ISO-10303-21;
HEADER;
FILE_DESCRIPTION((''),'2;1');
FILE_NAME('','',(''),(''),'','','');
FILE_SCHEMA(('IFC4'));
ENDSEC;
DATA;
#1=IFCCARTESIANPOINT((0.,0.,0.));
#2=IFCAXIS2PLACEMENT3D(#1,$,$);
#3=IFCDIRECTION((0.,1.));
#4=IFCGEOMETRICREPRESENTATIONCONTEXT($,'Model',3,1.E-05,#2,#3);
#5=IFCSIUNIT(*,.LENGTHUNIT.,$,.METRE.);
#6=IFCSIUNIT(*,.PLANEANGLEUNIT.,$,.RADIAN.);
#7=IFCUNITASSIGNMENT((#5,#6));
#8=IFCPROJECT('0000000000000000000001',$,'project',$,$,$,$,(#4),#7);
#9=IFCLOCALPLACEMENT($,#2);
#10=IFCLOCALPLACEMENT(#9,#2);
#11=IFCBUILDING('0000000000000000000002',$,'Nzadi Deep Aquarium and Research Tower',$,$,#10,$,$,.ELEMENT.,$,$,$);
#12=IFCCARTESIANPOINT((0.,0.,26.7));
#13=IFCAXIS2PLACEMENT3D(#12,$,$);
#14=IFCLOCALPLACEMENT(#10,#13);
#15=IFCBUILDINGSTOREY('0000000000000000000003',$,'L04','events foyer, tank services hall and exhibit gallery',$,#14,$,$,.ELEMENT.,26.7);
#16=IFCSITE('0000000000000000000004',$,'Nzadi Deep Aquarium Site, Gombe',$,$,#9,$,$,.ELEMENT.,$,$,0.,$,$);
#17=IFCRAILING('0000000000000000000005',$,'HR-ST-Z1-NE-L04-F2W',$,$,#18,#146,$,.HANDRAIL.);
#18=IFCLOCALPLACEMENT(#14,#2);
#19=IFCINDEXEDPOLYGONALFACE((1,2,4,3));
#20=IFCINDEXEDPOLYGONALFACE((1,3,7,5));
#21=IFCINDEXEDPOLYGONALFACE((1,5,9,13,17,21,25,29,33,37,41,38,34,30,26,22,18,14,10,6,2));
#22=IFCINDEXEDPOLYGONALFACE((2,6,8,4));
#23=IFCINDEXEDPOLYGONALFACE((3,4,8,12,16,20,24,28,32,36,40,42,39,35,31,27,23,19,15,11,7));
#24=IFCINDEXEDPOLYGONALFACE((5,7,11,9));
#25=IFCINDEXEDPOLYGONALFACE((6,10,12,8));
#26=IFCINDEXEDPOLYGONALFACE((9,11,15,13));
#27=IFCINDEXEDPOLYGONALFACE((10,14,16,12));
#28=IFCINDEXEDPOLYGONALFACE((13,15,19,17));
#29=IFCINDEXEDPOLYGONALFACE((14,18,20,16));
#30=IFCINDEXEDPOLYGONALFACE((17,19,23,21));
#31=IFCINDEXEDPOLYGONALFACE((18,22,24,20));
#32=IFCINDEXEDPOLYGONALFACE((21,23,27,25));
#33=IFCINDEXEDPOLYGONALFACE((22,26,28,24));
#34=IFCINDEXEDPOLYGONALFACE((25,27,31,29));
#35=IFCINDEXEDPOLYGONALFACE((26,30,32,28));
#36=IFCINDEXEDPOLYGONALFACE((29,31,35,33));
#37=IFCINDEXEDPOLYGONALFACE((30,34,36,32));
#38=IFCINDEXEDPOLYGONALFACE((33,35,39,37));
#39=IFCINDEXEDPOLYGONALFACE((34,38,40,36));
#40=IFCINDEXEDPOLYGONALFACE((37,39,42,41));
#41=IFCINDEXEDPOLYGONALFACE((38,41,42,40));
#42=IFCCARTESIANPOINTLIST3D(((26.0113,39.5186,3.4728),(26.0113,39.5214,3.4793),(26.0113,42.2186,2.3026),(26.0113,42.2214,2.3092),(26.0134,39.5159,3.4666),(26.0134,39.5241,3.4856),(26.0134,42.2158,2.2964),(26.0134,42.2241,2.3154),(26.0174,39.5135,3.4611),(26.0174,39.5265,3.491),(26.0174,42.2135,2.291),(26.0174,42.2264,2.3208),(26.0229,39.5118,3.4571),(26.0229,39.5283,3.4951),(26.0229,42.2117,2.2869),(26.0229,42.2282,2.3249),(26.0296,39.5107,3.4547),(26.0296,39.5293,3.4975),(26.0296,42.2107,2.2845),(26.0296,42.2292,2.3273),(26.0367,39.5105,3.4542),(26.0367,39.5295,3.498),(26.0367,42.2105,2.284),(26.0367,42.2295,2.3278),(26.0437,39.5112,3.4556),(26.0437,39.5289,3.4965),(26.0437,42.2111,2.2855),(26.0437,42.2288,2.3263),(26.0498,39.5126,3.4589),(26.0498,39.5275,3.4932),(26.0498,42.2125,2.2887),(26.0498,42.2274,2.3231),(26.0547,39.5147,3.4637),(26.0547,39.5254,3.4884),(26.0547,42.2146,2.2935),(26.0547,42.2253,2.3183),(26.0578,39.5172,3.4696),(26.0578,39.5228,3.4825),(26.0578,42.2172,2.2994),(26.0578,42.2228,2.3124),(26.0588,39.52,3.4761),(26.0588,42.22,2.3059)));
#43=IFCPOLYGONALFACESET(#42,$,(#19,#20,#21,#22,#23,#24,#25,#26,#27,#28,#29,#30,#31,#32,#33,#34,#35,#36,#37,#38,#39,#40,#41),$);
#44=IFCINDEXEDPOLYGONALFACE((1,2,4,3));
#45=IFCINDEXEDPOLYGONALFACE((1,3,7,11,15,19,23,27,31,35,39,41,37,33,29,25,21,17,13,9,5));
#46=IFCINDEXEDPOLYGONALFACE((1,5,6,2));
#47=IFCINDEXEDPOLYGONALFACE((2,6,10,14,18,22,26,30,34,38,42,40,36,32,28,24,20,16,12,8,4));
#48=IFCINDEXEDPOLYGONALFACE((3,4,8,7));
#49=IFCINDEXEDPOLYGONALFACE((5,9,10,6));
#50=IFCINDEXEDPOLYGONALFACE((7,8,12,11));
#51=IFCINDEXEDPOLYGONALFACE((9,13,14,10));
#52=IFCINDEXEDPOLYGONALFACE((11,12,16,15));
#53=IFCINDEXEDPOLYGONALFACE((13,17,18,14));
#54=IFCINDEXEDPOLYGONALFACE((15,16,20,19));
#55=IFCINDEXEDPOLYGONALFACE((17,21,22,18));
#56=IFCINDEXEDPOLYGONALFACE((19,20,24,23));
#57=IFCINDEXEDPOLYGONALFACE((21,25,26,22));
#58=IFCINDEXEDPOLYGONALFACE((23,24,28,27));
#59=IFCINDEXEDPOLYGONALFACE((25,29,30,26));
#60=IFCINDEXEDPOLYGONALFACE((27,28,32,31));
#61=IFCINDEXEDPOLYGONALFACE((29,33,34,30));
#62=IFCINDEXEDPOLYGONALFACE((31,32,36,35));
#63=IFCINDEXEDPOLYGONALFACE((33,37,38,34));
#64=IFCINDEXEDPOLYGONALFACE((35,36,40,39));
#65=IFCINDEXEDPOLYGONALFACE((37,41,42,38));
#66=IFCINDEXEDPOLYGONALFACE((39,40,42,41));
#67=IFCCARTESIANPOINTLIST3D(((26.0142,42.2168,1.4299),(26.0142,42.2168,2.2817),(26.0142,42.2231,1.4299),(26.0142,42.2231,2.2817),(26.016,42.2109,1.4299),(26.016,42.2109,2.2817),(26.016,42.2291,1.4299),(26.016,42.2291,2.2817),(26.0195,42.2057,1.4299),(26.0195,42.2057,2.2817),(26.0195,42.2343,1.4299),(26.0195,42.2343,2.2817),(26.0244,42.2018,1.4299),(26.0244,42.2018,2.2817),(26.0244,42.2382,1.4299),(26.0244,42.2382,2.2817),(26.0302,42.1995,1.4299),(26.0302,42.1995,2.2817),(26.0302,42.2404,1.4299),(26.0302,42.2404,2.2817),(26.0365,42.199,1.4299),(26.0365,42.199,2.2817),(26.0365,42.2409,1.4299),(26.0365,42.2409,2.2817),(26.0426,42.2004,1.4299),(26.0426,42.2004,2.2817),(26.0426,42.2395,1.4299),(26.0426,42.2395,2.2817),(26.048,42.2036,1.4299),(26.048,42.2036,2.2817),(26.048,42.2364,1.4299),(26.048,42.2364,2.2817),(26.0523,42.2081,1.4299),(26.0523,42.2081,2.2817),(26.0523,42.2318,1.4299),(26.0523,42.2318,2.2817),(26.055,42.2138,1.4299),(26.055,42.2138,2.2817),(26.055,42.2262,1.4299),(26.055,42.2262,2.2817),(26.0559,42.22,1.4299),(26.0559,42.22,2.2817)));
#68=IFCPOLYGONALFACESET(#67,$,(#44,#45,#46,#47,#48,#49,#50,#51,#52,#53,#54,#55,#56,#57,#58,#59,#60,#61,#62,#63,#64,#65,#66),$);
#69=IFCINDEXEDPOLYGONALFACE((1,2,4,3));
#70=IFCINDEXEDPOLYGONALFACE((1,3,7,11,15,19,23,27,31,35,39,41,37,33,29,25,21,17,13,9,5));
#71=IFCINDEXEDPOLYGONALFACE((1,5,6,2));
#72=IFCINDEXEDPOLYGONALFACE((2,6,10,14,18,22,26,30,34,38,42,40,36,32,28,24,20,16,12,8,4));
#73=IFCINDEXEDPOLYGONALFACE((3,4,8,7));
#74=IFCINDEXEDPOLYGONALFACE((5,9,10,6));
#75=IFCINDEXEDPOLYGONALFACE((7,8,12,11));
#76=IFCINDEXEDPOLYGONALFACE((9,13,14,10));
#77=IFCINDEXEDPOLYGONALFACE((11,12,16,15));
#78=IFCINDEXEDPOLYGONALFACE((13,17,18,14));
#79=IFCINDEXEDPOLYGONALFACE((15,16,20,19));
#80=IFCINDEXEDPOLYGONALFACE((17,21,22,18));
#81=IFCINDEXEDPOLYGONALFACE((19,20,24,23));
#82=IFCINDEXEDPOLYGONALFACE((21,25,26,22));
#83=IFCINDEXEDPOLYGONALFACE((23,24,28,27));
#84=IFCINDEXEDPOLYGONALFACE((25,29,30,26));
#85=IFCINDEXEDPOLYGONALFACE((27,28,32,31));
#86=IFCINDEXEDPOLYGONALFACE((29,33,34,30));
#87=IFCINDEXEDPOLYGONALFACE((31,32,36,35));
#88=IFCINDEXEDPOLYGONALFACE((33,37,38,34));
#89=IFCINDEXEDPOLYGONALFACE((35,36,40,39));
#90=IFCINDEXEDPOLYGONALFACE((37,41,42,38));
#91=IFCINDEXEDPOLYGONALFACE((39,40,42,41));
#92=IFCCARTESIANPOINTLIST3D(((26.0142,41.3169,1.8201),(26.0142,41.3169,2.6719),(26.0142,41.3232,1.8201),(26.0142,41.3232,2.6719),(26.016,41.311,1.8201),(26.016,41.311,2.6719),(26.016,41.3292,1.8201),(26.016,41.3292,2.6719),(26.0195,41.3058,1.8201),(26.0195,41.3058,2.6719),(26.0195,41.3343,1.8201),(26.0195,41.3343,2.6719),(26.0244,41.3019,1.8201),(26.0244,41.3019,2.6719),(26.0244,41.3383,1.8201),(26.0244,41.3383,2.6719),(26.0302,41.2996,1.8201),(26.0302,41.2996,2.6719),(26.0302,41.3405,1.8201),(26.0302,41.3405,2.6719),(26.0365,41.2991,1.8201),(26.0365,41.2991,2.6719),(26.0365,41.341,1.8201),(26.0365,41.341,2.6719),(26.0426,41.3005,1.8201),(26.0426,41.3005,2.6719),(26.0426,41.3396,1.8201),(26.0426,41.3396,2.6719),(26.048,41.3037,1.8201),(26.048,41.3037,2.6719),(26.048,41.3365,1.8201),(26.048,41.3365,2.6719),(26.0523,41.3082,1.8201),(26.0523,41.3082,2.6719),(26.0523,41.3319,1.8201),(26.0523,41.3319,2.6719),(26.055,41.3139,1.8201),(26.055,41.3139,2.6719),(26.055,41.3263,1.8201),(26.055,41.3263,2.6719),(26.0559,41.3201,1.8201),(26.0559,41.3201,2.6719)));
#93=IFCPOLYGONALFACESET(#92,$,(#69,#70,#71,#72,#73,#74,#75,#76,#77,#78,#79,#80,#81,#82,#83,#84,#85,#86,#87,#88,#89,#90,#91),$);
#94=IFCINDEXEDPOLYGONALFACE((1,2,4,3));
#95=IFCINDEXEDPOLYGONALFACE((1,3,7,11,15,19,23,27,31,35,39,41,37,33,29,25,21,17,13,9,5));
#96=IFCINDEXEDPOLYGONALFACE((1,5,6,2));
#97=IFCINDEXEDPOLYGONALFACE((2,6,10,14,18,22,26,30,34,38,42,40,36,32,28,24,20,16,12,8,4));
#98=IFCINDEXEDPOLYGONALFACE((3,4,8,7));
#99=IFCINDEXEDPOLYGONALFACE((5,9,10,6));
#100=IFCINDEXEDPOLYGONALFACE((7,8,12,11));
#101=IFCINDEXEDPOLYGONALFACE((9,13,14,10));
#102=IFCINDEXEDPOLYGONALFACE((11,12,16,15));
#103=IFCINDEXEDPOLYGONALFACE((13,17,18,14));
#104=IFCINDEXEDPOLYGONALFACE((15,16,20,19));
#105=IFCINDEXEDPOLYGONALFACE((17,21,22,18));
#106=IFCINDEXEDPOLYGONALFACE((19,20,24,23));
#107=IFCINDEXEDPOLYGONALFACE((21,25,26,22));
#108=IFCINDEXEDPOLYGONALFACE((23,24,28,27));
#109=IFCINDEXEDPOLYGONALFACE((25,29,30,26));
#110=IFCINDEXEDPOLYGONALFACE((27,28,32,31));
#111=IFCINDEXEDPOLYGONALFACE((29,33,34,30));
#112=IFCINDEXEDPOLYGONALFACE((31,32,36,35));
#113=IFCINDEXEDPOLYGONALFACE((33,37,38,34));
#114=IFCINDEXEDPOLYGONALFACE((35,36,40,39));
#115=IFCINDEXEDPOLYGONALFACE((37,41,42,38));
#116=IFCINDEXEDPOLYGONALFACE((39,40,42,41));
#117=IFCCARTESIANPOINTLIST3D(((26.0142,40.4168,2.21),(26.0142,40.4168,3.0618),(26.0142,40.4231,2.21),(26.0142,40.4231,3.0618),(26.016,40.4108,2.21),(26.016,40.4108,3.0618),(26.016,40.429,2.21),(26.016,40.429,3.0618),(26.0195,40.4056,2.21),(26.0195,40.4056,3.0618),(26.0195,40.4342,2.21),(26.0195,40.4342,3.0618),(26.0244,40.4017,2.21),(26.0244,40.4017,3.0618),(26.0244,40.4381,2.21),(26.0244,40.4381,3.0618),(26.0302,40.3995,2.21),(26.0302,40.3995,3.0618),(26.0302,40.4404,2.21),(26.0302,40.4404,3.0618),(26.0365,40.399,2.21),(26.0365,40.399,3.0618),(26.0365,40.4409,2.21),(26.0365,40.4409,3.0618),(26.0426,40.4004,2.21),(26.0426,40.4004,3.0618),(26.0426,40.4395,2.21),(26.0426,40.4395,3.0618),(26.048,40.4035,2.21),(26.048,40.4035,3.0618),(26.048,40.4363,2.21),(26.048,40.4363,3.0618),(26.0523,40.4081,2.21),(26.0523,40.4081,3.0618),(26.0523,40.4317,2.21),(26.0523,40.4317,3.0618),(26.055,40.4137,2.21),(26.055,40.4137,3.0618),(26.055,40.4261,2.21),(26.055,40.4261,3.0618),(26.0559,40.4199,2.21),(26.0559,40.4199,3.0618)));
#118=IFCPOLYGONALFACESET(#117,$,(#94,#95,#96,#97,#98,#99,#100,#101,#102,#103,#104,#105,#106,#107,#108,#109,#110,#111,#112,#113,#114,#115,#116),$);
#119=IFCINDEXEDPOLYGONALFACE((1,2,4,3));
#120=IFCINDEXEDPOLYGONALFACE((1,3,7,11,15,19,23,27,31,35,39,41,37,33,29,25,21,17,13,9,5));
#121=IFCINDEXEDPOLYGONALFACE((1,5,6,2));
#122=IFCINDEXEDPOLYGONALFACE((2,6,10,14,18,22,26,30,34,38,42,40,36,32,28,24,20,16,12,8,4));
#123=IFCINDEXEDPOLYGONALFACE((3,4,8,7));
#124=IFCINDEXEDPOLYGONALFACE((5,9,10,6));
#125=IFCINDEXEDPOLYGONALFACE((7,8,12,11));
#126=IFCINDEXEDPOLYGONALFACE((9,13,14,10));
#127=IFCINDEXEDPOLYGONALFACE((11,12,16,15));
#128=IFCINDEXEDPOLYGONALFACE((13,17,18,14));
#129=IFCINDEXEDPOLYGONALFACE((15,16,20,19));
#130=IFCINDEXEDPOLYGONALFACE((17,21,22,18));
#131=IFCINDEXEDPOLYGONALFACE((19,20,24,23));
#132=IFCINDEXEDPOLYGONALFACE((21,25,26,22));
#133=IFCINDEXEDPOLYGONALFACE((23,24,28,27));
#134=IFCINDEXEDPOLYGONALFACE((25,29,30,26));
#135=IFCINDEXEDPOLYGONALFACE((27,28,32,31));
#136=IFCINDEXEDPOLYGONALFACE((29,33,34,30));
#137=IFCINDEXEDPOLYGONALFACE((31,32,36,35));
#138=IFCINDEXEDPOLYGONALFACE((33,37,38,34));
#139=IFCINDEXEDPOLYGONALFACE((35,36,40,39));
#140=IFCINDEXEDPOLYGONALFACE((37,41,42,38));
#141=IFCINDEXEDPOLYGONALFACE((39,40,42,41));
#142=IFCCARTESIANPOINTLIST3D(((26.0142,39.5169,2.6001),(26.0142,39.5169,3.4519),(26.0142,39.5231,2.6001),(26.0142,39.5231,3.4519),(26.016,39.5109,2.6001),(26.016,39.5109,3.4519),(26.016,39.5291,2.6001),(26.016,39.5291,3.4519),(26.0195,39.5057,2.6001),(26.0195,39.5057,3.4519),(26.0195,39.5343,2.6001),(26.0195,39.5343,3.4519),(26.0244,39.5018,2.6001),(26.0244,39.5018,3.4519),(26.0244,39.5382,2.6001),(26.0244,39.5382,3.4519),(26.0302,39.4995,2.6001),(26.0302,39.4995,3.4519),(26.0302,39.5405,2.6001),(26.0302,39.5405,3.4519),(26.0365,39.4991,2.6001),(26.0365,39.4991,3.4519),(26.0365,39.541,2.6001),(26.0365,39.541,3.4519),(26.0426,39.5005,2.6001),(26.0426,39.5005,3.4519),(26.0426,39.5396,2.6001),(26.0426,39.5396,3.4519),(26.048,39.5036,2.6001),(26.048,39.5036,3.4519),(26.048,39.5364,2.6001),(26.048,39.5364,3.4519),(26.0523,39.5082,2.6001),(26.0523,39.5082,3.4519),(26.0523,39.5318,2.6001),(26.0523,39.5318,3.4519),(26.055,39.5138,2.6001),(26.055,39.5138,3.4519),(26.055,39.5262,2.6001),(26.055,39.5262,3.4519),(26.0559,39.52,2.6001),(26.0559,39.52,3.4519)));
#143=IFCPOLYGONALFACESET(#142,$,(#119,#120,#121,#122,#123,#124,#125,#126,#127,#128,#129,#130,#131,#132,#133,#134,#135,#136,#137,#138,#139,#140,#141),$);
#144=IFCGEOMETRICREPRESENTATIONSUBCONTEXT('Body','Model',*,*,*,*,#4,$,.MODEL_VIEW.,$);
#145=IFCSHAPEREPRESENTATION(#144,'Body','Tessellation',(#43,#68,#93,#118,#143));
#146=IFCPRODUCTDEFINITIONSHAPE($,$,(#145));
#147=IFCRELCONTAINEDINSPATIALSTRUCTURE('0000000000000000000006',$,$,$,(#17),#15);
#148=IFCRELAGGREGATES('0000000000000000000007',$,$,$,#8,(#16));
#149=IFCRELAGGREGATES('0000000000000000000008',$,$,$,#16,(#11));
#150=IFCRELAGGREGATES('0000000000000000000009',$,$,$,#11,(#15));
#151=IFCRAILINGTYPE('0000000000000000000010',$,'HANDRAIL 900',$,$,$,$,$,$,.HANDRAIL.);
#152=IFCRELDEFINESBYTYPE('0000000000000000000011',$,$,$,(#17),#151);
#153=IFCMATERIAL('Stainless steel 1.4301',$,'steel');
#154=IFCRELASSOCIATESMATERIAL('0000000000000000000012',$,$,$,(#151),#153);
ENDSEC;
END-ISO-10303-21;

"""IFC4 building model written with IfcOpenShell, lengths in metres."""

from ifc_helpers import new_model, si_unit, direction, frame, origin, origin_2d, place, context, subcontext, project, spatial, circle, extrude, material, type_object, element, save


model = new_model("IFC4")

# Units and contexts
model_context = context("Model", 3, precision=1e-05, world=origin(), true_north=direction((0.0, 1.0)))
body_context = subcontext(model_context, "Body", "Model", "MODEL_VIEW")
ifc_project = project(units=[si_unit("LENGTHUNIT", "METRE"), si_unit("PLANEANGLEUNIT", "RADIAN")], contexts=[model_context])

# Site, building, storey
site_placement = place(None, origin())
site = spatial("IfcSite", under=ifc_project, at=site_placement, Name="Nzadi Deep Aquarium Site, Gombe", CompositionType="ELEMENT", RefElevation=0.0)
building_placement = place(site_placement, origin())
building = spatial("IfcBuilding", under=site, at=building_placement, Name="Nzadi Deep Aquarium and Research Tower", CompositionType="ELEMENT")
storey_placement = place(building_placement, frame((0.0, 0.0, 26.7)))
storey = spatial("IfcBuildingStorey", under=building, at=storey_placement, Name="L04", Description="events foyer, tank services hall and exhibit gallery", CompositionType="ELEMENT", Elevation=26.7)

# Railing
ifc_material_1 = material(Name="Stainless steel 1.4301", Category="steel")
railing_type = type_object("IfcRailingType", Name="HANDRAIL 900", PredefinedType="HANDRAIL", material=ifc_material_1)
for number, where, name in (
    (1, (26.0349, 42.22, 1.4299), "HR-ST-Z1-NE-L04-F2W"),
):
    element("IfcRailing", number, at=place(storey_placement, frame(where)), inside=storey, type_object=railing_type, Name=name, PredefinedType="HANDRAIL", context=body_context, shape_type="SweptSolid", body=[
        extrude(circle(Radius=0.0239, at=origin_2d()), frame((0.0, 0.0, 0.876), z_axis=(0.0, -0.917532, 0.397661), x_axis=(1.0, 0.0, 0.0)), (0.0, 0.0, 1.0), 2.9426),
        extrude(circle(Radius=0.021, at=origin_2d()), origin(), (0.0, 0.0, 1.0), 0.8518),
        extrude(circle(Radius=0.021, at=origin_2d()), frame((0.0, -0.8999, 0.3901)), (0.0, 0.0, 1.0), 0.8518),
        extrude(circle(Radius=0.021, at=origin_2d()), frame((0.0, -1.8, 0.78)), (0.0, 0.0, 1.0), 0.8518),
        extrude(circle(Radius=0.021, at=origin_2d()), frame((0.0, -2.7, 1.1702)), (0.0, 0.0, 1.0), 0.8518),
    ])

save(model, "model.ifc")
